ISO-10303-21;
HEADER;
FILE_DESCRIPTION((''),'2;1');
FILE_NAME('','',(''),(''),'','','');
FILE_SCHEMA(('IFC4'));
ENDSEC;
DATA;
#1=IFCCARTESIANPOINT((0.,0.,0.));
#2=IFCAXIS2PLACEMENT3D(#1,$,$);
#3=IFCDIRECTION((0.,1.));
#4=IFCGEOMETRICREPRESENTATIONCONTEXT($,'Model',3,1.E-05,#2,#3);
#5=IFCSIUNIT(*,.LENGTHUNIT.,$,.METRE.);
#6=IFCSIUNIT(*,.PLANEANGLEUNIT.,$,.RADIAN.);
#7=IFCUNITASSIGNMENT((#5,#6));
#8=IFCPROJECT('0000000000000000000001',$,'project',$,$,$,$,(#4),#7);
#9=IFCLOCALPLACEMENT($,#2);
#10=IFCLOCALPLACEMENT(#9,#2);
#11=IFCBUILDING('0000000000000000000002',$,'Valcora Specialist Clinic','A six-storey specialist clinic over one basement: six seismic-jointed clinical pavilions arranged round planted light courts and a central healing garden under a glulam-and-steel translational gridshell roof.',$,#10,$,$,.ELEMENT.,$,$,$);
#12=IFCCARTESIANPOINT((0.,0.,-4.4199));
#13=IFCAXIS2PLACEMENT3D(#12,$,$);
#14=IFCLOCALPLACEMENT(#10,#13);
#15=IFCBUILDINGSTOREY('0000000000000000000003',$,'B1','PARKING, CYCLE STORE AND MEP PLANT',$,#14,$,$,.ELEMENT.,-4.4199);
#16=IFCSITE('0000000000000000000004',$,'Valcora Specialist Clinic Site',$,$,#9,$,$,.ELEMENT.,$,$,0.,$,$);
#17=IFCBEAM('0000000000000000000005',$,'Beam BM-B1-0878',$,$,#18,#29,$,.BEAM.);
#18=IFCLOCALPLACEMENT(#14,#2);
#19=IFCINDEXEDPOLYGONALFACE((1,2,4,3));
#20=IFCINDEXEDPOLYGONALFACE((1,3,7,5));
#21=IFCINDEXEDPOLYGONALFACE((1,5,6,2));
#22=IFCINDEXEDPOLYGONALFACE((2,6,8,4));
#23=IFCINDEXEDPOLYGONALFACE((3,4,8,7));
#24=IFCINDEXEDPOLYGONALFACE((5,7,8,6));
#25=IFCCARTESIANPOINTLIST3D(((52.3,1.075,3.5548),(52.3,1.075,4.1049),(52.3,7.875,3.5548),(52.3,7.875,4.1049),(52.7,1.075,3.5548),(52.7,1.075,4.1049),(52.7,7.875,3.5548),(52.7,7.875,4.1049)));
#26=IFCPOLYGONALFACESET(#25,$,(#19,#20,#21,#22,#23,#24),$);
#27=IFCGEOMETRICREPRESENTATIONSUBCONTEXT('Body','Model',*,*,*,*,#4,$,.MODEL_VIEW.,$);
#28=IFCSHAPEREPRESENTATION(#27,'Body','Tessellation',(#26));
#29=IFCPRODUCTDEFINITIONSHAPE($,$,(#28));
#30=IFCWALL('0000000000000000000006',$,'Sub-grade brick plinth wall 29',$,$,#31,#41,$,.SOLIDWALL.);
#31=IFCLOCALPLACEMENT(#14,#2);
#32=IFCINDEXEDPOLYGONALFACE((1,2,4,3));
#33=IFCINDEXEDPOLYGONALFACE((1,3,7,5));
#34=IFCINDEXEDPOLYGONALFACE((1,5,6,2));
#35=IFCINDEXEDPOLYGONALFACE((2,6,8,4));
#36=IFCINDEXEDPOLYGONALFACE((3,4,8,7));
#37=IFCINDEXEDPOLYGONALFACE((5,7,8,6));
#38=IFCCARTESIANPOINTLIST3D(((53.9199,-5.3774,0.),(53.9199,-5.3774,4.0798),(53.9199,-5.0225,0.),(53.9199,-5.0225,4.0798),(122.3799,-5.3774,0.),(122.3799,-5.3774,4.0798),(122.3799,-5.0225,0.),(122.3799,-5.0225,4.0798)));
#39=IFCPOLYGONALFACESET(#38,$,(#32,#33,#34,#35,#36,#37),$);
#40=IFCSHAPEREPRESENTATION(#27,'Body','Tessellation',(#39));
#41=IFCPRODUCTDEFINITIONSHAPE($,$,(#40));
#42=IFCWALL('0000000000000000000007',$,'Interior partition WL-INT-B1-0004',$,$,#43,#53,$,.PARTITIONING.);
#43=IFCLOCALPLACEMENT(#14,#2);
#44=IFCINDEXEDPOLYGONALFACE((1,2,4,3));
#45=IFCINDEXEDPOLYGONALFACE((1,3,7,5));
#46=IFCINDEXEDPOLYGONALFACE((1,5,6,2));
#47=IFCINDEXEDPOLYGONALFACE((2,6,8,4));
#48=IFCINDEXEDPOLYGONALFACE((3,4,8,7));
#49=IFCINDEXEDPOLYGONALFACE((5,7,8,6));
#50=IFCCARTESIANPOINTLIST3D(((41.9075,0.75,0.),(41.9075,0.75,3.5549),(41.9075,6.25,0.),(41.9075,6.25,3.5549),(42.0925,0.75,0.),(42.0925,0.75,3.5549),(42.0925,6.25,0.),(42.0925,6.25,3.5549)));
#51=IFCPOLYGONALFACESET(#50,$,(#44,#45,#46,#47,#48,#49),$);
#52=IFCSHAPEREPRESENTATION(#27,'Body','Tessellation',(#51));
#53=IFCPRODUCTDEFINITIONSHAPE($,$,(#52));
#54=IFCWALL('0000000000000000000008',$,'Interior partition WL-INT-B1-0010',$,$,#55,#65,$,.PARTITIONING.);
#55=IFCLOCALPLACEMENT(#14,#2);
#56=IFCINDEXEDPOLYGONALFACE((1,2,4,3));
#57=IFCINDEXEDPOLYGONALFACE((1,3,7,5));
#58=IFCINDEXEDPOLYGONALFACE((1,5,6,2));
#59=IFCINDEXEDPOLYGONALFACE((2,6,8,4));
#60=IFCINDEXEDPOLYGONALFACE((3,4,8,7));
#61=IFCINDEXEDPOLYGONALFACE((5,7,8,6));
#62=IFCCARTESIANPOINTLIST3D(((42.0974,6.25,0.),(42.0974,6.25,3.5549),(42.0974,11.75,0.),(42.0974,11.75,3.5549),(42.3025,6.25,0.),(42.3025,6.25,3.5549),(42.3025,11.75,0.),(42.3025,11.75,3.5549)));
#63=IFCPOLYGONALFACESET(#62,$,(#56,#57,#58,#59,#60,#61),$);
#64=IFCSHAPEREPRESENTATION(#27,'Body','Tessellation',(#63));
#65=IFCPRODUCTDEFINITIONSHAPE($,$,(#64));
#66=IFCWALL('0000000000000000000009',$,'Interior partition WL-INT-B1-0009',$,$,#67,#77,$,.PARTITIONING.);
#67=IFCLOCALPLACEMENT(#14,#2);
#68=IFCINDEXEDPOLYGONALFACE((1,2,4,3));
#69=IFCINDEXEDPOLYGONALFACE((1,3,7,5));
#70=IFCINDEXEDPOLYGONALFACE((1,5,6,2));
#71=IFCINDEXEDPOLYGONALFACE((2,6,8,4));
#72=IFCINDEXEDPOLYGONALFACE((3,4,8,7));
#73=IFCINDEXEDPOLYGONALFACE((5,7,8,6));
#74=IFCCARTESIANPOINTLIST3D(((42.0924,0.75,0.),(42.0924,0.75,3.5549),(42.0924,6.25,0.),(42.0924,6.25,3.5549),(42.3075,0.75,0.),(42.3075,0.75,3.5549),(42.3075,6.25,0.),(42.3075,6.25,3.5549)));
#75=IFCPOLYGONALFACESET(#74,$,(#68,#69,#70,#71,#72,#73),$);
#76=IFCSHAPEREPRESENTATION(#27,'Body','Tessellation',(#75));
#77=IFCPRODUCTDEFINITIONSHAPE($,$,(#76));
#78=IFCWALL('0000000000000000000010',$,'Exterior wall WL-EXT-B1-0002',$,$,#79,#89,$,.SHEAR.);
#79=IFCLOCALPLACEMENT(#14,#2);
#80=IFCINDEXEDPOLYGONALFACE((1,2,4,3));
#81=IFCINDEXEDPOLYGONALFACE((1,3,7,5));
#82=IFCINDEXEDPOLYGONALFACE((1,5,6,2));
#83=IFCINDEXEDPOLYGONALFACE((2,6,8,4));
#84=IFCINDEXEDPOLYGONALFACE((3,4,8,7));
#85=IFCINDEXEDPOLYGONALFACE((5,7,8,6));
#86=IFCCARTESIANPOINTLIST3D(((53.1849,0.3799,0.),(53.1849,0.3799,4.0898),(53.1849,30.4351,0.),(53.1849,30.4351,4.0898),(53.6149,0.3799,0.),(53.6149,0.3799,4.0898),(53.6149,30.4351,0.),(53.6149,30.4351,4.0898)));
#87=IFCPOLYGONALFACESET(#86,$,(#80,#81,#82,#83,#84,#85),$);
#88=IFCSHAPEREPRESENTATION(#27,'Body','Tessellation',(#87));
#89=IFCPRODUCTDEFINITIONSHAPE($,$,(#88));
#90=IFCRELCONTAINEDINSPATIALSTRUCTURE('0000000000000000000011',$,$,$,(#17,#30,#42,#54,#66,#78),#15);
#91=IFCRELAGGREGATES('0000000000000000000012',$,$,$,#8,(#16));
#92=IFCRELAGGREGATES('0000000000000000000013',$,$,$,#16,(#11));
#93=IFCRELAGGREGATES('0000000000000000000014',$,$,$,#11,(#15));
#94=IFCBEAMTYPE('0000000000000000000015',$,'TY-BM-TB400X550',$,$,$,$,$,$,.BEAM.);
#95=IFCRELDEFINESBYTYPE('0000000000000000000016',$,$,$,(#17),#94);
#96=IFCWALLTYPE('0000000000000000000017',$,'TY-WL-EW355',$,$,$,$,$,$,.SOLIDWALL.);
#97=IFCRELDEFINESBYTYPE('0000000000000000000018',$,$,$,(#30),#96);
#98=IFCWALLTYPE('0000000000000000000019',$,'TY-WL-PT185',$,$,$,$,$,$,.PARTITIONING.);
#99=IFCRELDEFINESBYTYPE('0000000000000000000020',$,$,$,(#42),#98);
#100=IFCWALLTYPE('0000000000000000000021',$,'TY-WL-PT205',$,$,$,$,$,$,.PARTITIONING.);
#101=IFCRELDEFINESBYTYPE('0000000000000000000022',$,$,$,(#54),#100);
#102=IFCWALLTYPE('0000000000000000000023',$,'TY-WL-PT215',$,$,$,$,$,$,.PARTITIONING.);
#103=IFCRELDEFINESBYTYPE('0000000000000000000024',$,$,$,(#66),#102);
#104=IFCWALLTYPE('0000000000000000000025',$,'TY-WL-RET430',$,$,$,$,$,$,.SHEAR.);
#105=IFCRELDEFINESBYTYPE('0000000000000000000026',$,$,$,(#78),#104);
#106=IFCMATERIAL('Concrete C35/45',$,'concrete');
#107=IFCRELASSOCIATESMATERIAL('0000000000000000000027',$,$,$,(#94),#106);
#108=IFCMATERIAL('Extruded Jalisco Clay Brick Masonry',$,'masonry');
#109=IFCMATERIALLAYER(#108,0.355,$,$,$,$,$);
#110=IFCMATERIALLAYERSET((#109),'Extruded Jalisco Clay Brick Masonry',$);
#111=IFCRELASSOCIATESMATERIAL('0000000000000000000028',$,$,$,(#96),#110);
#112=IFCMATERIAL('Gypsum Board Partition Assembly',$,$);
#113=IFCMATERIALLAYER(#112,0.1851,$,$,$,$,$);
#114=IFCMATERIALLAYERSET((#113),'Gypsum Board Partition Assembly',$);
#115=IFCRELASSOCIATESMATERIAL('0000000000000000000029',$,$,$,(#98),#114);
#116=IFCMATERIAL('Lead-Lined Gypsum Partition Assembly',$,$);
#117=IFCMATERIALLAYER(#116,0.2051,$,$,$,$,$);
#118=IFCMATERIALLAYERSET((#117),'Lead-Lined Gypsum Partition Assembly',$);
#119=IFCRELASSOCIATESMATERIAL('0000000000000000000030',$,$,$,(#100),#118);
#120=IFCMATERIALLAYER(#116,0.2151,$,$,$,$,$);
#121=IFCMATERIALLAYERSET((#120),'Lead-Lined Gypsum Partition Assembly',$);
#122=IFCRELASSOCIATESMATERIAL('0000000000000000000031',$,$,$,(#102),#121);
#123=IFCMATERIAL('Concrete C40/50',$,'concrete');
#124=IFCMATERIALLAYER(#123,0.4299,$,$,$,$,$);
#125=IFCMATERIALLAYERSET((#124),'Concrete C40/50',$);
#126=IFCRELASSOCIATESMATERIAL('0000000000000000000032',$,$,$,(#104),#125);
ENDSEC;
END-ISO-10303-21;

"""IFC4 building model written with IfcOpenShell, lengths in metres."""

from ifc_helpers import new_model, si_unit, direction, frame, frame_2d, origin, origin_2d, place, context, subcontext, project, spatial, rectangle, extrude, material, layer, layer_set, material_profile, profile_set, type_object, element, save


model = new_model("IFC4")

# Units and contexts
model_context = context("Model", 3, precision=1e-05, world=origin(), true_north=direction((0.0, 1.0)))
body_context = subcontext(model_context, "Body", "Model", "MODEL_VIEW")
ifc_project = project(units=[si_unit("LENGTHUNIT", "METRE"), si_unit("PLANEANGLEUNIT", "RADIAN")], contexts=[model_context])

# Site, building, storey
site_placement = place(None, origin())
site = spatial("IfcSite", under=ifc_project, at=site_placement, Name="Valcora Specialist Clinic Site", CompositionType="ELEMENT", RefElevation=0.0)
building_placement = place(site_placement, origin())
building = spatial("IfcBuilding", under=site, at=building_placement, Name="Valcora Specialist Clinic", Description="A six-storey specialist clinic over one basement: six seismic-jointed clinical pavilions arranged round planted light courts and a central healing garden under a glulam-and-steel translational gridshell roof.", CompositionType="ELEMENT")
storey_placement = place(building_placement, frame((0.0, 0.0, -4.4199)))
storey = spatial("IfcBuildingStorey", under=building, at=storey_placement, Name="B1", Description="PARKING, CYCLE STORE AND MEP PLANT", CompositionType="ELEMENT", Elevation=-4.4199)

# Shared definitions
ifc_material_1 = material(Name="Concrete C35/45", Category="concrete")

# Shared definitions
ifc_material_2 = material(Name="Concrete C40/50", Category="concrete")

# Beam
ifc_material_profile_1 = material_profile(ifc_material_1, rectangle(XDim=0.3999, YDim=0.55, at=origin_2d()), Name="RC-TB-400X550")
ifc_profile_set_1 = profile_set([ifc_material_profile_1], Name="Concrete C35/45")
beam_type = type_object("IfcBeamType", Name="TY-BM-TB400X550", PredefinedType="BEAM", material=ifc_profile_set_1)
for number, where, z_axis, x_axis, name in (
    (1, (52.5, 1.075, 3.8298), (0.0, 1.0, 0.0), (-1.0, 0.0, 0.0), "Beam BM-B1-0878"),
):
    element("IfcBeam", number, at=place(storey_placement, frame(where, z_axis=z_axis, x_axis=x_axis)), inside=storey, type_object=beam_type, Name=name, PredefinedType="BEAM", context=body_context, shape_type="SweptSolid", body=[
        extrude(rectangle(XDim=0.3999, YDim=0.55, at=origin_2d()), origin(), (0.0, 0.0, 1.0), 6.8),
    ])

# Walls
ifc_material_3 = material(Name="Extruded Jalisco Clay Brick Masonry", Category="masonry")
ifc_layer_1 = layer(ifc_material_3, 0.355)
ifc_layer_set_1 = layer_set([ifc_layer_1], Name="Extruded Jalisco Clay Brick Masonry")
wall_type_1 = type_object("IfcWallType", Name="TY-WL-EW355", PredefinedType="SOLIDWALL", material=ifc_layer_set_1)
wall_1_placement = place(storey_placement, frame((53.9199, -5.2, 0.0), z_axis=(0.0, 0.0, 1.0), x_axis=(1.0, 0.0, 0.0)))
element("IfcWall", 2, at=wall_1_placement, inside=storey, type_object=wall_type_1, Name="Sub-grade brick plinth wall 29", PredefinedType="SOLIDWALL", context=body_context, shape_type="SweptSolid", body=[
    extrude(rectangle(XDim=68.46, YDim=0.355, at=frame_2d((34.23, 0.0))), origin(), (0.0, 0.0, 1.0), 4.0798),
])
ifc_material_4 = material(Name="Gypsum Board Partition Assembly")
ifc_layer_2 = layer(ifc_material_4, 0.1851)
ifc_layer_set_2 = layer_set([ifc_layer_2], Name="Gypsum Board Partition Assembly")
wall_type_2 = type_object("IfcWallType", Name="TY-WL-PT185", PredefinedType="PARTITIONING", material=ifc_layer_set_2)
wall_2_placement = place(storey_placement, frame((42.0, 6.25, 0.0), z_axis=(0.0, 0.0, 1.0), x_axis=(0.0, -1.0, 0.0)))
element("IfcWall", 3, at=wall_2_placement, inside=storey, type_object=wall_type_2, Name="Interior partition WL-INT-B1-0004", PredefinedType="PARTITIONING", context=body_context, shape_type="SweptSolid", body=[
    extrude(rectangle(XDim=5.5, YDim=0.1851, at=frame_2d((2.75, 0.0))), origin(), (0.0, 0.0, 1.0), 3.5549),
])
ifc_material_5 = material(Name="Lead-Lined Gypsum Partition Assembly")
ifc_layer_3 = layer(ifc_material_5, 0.2051)
ifc_layer_set_3 = layer_set([ifc_layer_3], Name="Lead-Lined Gypsum Partition Assembly")
wall_type_3 = type_object("IfcWallType", Name="TY-WL-PT205", PredefinedType="PARTITIONING", material=ifc_layer_set_3)
wall_3_placement = place(storey_placement, frame((42.2, 6.25, 0.0), z_axis=(0.0, 0.0, 1.0), x_axis=(0.0, 1.0, 0.0)))
element("IfcWall", 4, at=wall_3_placement, inside=storey, type_object=wall_type_3, Name="Interior partition WL-INT-B1-0010", PredefinedType="PARTITIONING", context=body_context, shape_type="SweptSolid", body=[
    extrude(rectangle(XDim=5.5, YDim=0.2051, at=frame_2d((2.75, 0.0))), origin(), (0.0, 0.0, 1.0), 3.5549),
])
ifc_layer_4 = layer(ifc_material_5, 0.2151)
ifc_layer_set_4 = layer_set([ifc_layer_4], Name="Lead-Lined Gypsum Partition Assembly")
wall_type_4 = type_object("IfcWallType", Name="TY-WL-PT215", PredefinedType="PARTITIONING", material=ifc_layer_set_4)
wall_4_placement = place(storey_placement, frame((42.2, 0.75, 0.0), z_axis=(0.0, 0.0, 1.0), x_axis=(0.0, 1.0, 0.0)))
element("IfcWall", 5, at=wall_4_placement, inside=storey, type_object=wall_type_4, Name="Interior partition WL-INT-B1-0009", PredefinedType="PARTITIONING", context=body_context, shape_type="SweptSolid", body=[
    extrude(rectangle(XDim=5.5, YDim=0.2151, at=frame_2d((2.75, 0.0))), origin(), (0.0, 0.0, 1.0), 3.5549),
])
ifc_layer_5 = layer(ifc_material_2, 0.4299)
ifc_layer_set_5 = layer_set([ifc_layer_5], Name="Concrete C40/50")
wall_type_5 = type_object("IfcWallType", Name="TY-WL-RET430", PredefinedType="SHEAR", material=ifc_layer_set_5)
wall_5_placement = place(storey_placement, frame((53.3999, 0.3799, 0.0), z_axis=(0.0, 0.0, 1.0), x_axis=(0.0, 1.0, 0.0)))
element("IfcWall", 6, at=wall_5_placement, inside=storey, type_object=wall_type_5, Name="Exterior wall WL-EXT-B1-0002", PredefinedType="SHEAR", context=body_context, shape_type="SweptSolid", body=[
    extrude(rectangle(XDim=30.0552, YDim=0.4299, at=frame_2d((15.0276, 0.0))), origin(), (0.0, 0.0, 1.0), 4.0898),
])

save(model, "model.ifc")
